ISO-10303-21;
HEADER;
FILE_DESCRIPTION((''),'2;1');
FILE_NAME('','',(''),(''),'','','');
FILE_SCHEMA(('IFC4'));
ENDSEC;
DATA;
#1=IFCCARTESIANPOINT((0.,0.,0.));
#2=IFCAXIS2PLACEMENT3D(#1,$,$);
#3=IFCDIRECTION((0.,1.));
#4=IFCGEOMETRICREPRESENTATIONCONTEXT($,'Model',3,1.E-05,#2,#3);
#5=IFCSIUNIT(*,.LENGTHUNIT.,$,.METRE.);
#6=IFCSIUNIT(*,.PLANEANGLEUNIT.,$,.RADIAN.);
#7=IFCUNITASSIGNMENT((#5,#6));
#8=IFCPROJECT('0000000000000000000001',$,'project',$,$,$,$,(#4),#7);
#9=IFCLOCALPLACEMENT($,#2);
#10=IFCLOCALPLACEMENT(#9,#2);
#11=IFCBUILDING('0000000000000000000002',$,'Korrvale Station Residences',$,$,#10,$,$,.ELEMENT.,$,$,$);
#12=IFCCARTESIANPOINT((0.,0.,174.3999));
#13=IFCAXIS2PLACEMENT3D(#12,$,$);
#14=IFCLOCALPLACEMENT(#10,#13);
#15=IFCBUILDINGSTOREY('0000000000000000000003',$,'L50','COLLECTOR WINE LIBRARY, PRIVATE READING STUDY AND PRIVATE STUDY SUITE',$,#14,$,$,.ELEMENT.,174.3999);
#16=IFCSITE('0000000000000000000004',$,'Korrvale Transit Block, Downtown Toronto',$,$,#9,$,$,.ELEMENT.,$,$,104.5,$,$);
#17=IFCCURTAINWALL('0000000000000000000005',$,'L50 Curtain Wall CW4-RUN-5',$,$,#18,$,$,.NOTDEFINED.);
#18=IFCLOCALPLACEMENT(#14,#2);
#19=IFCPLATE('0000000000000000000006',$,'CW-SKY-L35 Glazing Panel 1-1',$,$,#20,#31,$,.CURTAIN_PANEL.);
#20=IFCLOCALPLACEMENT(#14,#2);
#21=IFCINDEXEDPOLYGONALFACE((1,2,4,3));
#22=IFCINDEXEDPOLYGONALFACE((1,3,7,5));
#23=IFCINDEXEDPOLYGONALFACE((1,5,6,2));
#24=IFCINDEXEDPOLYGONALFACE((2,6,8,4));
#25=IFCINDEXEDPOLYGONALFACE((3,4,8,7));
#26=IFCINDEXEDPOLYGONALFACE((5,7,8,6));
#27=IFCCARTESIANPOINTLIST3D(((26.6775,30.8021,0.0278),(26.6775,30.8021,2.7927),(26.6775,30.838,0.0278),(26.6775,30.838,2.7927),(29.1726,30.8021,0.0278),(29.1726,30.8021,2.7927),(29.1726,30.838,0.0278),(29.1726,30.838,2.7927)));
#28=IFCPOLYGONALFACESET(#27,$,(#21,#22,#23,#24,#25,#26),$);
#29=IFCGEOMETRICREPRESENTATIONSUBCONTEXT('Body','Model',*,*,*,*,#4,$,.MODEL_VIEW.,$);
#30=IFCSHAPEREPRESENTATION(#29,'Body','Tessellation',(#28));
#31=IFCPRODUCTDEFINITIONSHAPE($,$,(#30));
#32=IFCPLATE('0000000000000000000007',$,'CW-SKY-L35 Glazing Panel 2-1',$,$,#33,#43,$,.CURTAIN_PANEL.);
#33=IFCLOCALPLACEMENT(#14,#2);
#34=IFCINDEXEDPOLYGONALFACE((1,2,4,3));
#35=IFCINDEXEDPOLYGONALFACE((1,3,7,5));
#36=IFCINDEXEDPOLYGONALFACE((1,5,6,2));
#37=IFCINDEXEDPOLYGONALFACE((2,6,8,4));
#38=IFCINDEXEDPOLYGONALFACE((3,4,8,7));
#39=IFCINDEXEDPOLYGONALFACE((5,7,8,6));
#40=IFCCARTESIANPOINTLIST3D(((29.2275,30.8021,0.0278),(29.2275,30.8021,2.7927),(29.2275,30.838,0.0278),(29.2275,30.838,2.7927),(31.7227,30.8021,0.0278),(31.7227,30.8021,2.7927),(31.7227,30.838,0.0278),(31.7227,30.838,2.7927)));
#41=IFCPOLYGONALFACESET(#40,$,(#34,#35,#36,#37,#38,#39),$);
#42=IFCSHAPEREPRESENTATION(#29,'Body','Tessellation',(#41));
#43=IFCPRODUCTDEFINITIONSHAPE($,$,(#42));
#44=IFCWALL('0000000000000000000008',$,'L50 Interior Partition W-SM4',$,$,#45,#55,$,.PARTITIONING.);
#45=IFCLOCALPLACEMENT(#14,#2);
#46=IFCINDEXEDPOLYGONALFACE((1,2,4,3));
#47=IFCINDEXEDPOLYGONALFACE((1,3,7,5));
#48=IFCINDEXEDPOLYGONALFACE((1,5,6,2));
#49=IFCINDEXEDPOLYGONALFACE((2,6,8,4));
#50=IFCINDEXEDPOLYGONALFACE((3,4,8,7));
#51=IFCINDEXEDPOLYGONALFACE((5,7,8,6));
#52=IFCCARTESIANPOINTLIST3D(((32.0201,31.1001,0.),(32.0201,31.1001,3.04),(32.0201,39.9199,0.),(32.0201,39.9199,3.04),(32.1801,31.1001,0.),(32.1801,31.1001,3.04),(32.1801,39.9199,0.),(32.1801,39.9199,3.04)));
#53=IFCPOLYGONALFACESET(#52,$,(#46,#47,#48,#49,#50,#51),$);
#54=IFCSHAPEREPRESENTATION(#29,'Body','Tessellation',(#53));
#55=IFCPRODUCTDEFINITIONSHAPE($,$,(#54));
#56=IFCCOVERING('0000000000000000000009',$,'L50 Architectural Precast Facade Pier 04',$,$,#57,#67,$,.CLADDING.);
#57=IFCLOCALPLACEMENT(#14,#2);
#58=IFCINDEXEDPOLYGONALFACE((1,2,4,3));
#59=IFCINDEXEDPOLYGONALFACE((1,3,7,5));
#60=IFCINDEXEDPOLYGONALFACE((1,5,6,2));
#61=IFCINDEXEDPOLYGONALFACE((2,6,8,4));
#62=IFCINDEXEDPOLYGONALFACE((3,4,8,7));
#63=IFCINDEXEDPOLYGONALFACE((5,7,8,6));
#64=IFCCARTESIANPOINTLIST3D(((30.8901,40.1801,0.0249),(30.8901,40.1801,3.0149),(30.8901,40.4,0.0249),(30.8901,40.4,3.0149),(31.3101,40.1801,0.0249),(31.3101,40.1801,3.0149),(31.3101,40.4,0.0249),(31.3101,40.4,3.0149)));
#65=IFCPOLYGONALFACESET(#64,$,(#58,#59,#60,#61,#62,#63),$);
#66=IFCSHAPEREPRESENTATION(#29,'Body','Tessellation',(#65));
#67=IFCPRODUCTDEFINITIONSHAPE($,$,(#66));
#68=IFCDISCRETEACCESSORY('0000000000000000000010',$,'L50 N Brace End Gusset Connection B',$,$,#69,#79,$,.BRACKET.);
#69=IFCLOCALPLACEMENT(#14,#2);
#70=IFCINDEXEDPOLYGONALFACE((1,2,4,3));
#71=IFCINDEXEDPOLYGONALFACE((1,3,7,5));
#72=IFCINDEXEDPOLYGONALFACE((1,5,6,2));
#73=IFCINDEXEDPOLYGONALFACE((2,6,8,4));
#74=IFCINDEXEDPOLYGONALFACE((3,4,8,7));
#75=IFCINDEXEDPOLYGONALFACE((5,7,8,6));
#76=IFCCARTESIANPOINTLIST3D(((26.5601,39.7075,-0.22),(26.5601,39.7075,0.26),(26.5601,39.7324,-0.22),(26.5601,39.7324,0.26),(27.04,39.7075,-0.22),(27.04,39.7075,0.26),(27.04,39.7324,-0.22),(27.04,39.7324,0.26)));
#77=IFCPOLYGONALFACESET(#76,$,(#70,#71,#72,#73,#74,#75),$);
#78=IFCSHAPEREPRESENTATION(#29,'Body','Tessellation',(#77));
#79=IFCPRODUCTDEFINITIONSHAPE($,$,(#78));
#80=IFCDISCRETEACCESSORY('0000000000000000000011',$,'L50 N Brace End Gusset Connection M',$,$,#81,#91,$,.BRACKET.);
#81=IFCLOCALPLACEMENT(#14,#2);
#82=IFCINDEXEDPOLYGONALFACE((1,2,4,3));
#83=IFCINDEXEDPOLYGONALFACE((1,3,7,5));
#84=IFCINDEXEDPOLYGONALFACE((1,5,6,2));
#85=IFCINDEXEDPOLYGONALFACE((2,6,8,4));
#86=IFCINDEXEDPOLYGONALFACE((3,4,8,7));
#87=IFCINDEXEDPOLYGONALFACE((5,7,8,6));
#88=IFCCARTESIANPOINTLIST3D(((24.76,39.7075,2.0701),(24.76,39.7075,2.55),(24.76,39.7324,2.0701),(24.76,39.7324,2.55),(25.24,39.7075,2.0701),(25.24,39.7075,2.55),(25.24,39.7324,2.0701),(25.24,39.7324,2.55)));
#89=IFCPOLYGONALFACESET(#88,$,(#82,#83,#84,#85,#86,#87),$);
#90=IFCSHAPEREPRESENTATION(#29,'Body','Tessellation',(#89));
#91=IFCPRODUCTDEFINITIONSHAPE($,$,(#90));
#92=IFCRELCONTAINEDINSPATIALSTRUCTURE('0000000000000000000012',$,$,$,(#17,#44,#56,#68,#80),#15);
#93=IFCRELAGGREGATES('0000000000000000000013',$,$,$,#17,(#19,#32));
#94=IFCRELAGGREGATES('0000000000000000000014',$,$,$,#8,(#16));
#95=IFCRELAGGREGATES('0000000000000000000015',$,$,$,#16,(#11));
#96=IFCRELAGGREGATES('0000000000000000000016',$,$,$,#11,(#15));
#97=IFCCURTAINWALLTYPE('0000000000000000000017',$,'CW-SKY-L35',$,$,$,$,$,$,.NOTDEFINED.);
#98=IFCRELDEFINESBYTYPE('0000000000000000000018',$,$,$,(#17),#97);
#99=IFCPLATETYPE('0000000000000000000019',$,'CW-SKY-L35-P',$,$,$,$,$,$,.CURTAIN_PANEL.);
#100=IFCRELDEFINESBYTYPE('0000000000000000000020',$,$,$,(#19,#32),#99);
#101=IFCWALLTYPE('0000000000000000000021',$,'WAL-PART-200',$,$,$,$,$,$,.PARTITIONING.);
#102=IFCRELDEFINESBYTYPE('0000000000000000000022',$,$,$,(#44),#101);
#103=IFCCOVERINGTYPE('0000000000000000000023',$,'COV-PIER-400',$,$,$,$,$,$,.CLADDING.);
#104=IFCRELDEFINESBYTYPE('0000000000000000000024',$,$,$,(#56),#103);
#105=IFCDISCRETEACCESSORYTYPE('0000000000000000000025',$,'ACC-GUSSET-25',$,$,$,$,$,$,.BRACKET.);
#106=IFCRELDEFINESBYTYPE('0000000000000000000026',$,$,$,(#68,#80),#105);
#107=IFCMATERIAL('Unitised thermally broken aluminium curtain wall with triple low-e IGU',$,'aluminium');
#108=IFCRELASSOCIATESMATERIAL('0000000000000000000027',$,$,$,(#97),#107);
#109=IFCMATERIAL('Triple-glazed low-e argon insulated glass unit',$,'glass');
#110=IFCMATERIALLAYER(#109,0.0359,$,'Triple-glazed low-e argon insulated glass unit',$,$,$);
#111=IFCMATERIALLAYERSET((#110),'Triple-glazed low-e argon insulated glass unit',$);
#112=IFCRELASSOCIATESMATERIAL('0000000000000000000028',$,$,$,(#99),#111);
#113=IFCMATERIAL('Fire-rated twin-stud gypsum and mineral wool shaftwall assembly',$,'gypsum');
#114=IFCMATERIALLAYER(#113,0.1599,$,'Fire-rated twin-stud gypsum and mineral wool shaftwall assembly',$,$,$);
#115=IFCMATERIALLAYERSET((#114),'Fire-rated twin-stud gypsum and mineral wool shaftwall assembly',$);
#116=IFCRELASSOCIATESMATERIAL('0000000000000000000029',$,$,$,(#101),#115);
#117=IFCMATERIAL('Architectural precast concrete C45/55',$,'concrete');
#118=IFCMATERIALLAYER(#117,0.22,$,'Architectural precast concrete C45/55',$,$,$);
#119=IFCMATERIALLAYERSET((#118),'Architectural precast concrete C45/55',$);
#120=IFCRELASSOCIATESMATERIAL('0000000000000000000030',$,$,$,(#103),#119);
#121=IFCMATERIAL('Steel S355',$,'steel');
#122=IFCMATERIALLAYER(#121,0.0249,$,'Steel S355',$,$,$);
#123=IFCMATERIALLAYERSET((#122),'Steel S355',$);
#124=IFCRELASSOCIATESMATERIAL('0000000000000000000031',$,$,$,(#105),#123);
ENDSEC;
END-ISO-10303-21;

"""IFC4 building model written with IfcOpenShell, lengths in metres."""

from ifc_helpers import new_model, si_unit, direction, frame, frame_2d, origin, origin_2d, place, context, subcontext, project, spatial, rectangle, extrude, material, layer, layer_set, type_object, element, aggregate, save


model = new_model("IFC4")

# Units and contexts
model_context = context("Model", 3, precision=1e-05, world=origin(), true_north=direction((0.0, 1.0)))
body_context = subcontext(model_context, "Body", "Model", "MODEL_VIEW")
ifc_project = project(units=[si_unit("LENGTHUNIT", "METRE"), si_unit("PLANEANGLEUNIT", "RADIAN")], contexts=[model_context])

# Site, building, storey
site_placement = place(None, origin())
site = spatial("IfcSite", under=ifc_project, at=site_placement, Name="Korrvale Transit Block, Downtown Toronto", CompositionType="ELEMENT", RefElevation=104.5)
building_placement = place(site_placement, origin())
building = spatial("IfcBuilding", under=site, at=building_placement, Name="Korrvale Station Residences", CompositionType="ELEMENT")
storey_placement = place(building_placement, frame((0.0, 0.0, 174.3999)))
storey = spatial("IfcBuildingStorey", under=building, at=storey_placement, Name="L50", Description="COLLECTOR WINE LIBRARY, PRIVATE READING STUDY AND PRIVATE STUDY SUITE", CompositionType="ELEMENT", Elevation=174.3999)

# Shared definitions
ifc_material_1 = material(Name="Unitised thermally broken aluminium curtain wall with triple low-e IGU", Category="aluminium")
curtain_wall_type = type_object("IfcCurtainWallType", Name="CW-SKY-L35", PredefinedType="NOTDEFINED", material=ifc_material_1)

# Curtain wall
curtain_wall_1_placement = place(storey_placement, origin())
curtain_wall_1 = element("IfcCurtainWall", 1, at=curtain_wall_1_placement, inside=storey, type_object=curtain_wall_type, Name="L50 Curtain Wall CW4-RUN-5", PredefinedType="NOTDEFINED")

# Shared definitions
ifc_material_2 = material(Name="Steel S355", Category="steel")

# Plates
ifc_material_3 = material(Name="Triple-glazed low-e argon insulated glass unit", Category="glass")
ifc_layer_1 = layer(ifc_material_3, 0.0359, Name="Triple-glazed low-e argon insulated glass unit")
ifc_layer_set_1 = layer_set([ifc_layer_1], Name="Triple-glazed low-e argon insulated glass unit")
plate_type = type_object("IfcPlateType", Name="CW-SKY-L35-P", PredefinedType="CURTAIN_PANEL", material=ifc_layer_set_1)
plate_1_placement = place(storey_placement, frame((27.925, 30.8201, 0.0278), z_axis=(0.0, 0.0, 1.0), x_axis=(1.0, 0.0, 0.0)))
plate_1 = element("IfcPlate", 2, at=plate_1_placement, type_object=plate_type, Name="CW-SKY-L35 Glazing Panel 1-1", PredefinedType="CURTAIN_PANEL", context=body_context, shape_type="SweptSolid", body=[
    extrude(rectangle(XDim=2.4951, YDim=0.0359, at=origin_2d()), origin(), (0.0, 0.0, 1.0), 2.7649),
])
plate_2_placement = place(storey_placement, frame((30.4751, 30.8201, 0.0278), z_axis=(0.0, 0.0, 1.0), x_axis=(1.0, 0.0, 0.0)))
plate_2 = element("IfcPlate", 3, at=plate_2_placement, type_object=plate_type, Name="CW-SKY-L35 Glazing Panel 2-1", PredefinedType="CURTAIN_PANEL", context=body_context, shape_type="SweptSolid", body=[
    extrude(rectangle(XDim=2.4951, YDim=0.0359, at=origin_2d()), origin(), (0.0, 0.0, 1.0), 2.7649),
])
aggregate(curtain_wall_1, [plate_1, plate_2])

# Wall
ifc_material_4 = material(Name="Fire-rated twin-stud gypsum and mineral wool shaftwall assembly", Category="gypsum")
ifc_layer_2 = layer(ifc_material_4, 0.1599, Name="Fire-rated twin-stud gypsum and mineral wool shaftwall assembly")
ifc_layer_set_2 = layer_set([ifc_layer_2], Name="Fire-rated twin-stud gypsum and mineral wool shaftwall assembly")
wall_type = type_object("IfcWallType", Name="WAL-PART-200", PredefinedType="PARTITIONING", material=ifc_layer_set_2)
wall_placement = place(storey_placement, frame((32.1001, 31.1001, 0.0), z_axis=(0.0, 0.0, 1.0), x_axis=(0.0, 1.0, 0.0)))
element("IfcWall", 4, at=wall_placement, inside=storey, type_object=wall_type, Name="L50 Interior Partition W-SM4", PredefinedType="PARTITIONING", context=body_context, shape_type="SweptSolid", body=[
    extrude(rectangle(XDim=8.8198, YDim=0.1599, at=frame_2d((4.4099, 0.0))), origin(), (0.0, 0.0, 1.0), 3.04),
])

# Covering
ifc_material_5 = material(Name="Architectural precast concrete C45/55", Category="concrete")
ifc_layer_3 = layer(ifc_material_5, 0.22, Name="Architectural precast concrete C45/55")
ifc_layer_set_3 = layer_set([ifc_layer_3], Name="Architectural precast concrete C45/55")
covering_type = type_object("IfcCoveringType", Name="COV-PIER-400", PredefinedType="CLADDING", material=ifc_layer_set_3)
covering_placement = place(storey_placement, frame((31.1001, 40.29, 0.0249), z_axis=(0.0, 0.0, 1.0), x_axis=(1.0, 0.0, 0.0)))
element("IfcCovering", 5, at=covering_placement, inside=storey, type_object=covering_type, Name="L50 Architectural Precast Facade Pier 04", PredefinedType="CLADDING", context=body_context, shape_type="SweptSolid", body=[
    extrude(rectangle(XDim=0.4199, YDim=0.22, at=origin_2d()), origin(), (0.0, 0.0, 1.0), 2.99),
])

# Discrete accessories
ifc_layer_4 = layer(ifc_material_2, 0.0249, Name="Steel S355")
ifc_layer_set_4 = layer_set([ifc_layer_4], Name="Steel S355")
discrete_accessory_type = type_object("IfcDiscreteAccessoryType", Name="ACC-GUSSET-25", PredefinedType="BRACKET", material=ifc_layer_set_4)
for number, where, z_axis, x_axis, name in (
    (6, (26.8, 39.72, -0.22), (0.0, 0.0, 1.0), (1.0, 0.0, 0.0), "L50 N Brace End Gusset Connection B"),
    (7, (25.0, 39.72, 2.0701), (0.0, 0.0, 1.0), (1.0, 0.0, 0.0), "L50 N Brace End Gusset Connection M"),
):
    element("IfcDiscreteAccessory", number, at=place(storey_placement, frame(where, z_axis=z_axis, x_axis=x_axis)), inside=storey, type_object=discrete_accessory_type, Name=name, PredefinedType="BRACKET", context=body_context, shape_type="SweptSolid", body=[
        extrude(rectangle(XDim=0.48, YDim=0.0249, at=origin_2d()), origin(), (0.0, 0.0, 1.0), 0.48),
    ])

save(model, "model.ifc")
